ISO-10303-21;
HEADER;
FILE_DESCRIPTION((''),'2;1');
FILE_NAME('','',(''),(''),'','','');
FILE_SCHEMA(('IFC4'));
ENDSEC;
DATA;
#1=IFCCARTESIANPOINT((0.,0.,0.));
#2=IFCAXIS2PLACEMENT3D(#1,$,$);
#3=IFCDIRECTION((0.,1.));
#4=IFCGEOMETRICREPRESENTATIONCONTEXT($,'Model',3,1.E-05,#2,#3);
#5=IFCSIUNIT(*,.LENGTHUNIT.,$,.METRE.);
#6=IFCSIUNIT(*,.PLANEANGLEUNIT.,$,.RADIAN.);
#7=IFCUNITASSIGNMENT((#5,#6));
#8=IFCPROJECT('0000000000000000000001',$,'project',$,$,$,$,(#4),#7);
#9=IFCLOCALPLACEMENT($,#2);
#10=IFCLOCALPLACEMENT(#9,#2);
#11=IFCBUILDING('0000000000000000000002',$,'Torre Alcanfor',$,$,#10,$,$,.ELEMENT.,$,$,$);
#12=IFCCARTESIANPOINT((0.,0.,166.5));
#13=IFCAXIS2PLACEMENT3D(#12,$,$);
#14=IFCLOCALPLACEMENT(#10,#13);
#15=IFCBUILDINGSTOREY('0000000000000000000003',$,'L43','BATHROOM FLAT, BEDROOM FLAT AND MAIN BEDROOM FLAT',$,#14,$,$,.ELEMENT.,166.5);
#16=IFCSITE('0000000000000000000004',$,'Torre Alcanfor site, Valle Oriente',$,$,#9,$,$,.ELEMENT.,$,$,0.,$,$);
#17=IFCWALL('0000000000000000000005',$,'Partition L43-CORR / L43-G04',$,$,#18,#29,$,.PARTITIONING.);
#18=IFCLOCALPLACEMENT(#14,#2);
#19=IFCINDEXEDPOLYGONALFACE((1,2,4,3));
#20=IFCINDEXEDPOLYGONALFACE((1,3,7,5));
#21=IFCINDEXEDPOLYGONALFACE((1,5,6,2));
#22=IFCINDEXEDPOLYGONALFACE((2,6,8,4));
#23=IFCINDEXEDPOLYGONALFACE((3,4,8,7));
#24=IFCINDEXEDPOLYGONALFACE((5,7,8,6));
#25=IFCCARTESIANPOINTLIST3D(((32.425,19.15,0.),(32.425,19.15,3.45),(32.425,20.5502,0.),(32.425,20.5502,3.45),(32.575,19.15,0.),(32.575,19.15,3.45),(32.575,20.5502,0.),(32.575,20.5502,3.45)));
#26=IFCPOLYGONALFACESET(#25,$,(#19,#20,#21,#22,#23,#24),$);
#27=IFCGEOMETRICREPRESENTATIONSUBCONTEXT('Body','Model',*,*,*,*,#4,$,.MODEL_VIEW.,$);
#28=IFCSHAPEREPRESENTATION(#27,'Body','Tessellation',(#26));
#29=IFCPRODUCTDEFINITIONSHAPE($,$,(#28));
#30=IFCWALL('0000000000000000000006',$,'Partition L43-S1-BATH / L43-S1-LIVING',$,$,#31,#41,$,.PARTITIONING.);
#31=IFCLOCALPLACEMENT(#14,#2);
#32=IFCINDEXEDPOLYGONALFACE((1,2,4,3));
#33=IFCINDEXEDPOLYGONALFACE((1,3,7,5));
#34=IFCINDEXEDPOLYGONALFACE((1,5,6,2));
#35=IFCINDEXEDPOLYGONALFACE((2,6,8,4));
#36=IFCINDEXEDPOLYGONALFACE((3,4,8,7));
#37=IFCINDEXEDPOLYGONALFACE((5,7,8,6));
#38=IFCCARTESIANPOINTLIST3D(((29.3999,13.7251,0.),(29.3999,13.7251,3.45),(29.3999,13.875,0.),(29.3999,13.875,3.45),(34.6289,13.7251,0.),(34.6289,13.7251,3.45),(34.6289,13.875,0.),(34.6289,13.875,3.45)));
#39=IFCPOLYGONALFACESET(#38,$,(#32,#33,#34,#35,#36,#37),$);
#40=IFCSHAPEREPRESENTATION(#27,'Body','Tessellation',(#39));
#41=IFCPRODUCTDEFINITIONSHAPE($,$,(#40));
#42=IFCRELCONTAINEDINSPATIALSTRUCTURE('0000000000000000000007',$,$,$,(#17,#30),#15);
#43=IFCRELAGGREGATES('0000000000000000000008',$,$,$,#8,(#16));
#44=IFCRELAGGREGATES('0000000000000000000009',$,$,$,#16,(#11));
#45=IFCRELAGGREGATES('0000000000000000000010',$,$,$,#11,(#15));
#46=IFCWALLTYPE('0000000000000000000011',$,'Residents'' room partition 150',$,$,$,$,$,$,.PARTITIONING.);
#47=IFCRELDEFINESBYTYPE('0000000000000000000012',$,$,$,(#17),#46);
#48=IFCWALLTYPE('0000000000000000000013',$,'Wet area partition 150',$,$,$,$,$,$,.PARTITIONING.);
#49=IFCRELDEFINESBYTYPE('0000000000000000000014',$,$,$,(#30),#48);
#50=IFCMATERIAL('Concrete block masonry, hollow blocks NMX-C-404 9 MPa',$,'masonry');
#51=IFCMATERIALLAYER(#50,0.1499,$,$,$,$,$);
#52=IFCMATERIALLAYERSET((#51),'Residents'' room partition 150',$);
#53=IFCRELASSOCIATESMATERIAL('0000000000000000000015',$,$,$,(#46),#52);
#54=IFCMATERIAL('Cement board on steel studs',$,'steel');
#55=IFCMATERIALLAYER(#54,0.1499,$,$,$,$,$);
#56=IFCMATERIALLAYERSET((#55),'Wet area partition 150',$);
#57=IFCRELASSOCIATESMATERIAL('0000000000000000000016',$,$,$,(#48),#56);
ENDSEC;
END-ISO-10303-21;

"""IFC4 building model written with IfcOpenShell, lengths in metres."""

from ifc_helpers import new_model, si_unit, direction, frame, frame_2d, origin, place, context, subcontext, project, spatial, rectangle, extrude, material, layer, layer_set, type_object, element, save


model = new_model("IFC4")

# Units and contexts
model_context = context("Model", 3, precision=1e-05, world=origin(), true_north=direction((0.0, 1.0)))
body_context = subcontext(model_context, "Body", "Model", "MODEL_VIEW")
ifc_project = project(units=[si_unit("LENGTHUNIT", "METRE"), si_unit("PLANEANGLEUNIT", "RADIAN")], contexts=[model_context])

# Site, building, storey
site_placement = place(None, origin())
site = spatial("IfcSite", under=ifc_project, at=site_placement, Name="Torre Alcanfor site, Valle Oriente", CompositionType="ELEMENT", RefElevation=0.0)
building_placement = place(site_placement, origin())
building = spatial("IfcBuilding", under=site, at=building_placement, Name="Torre Alcanfor", CompositionType="ELEMENT")
storey_placement = place(building_placement, frame((0.0, 0.0, 166.5)))
storey = spatial("IfcBuildingStorey", under=building, at=storey_placement, Name="L43", Description="BATHROOM FLAT, BEDROOM FLAT AND MAIN BEDROOM FLAT", CompositionType="ELEMENT", Elevation=166.5)

# Walls
ifc_material_1 = material(Name="Concrete block masonry, hollow blocks NMX-C-404 9 MPa", Category="masonry")
ifc_layer_1 = layer(ifc_material_1, 0.1499)
ifc_layer_set_1 = layer_set([ifc_layer_1], Name="Residents' room partition 150")
wall_type_1 = type_object("IfcWallType", Name="Residents' room partition 150", PredefinedType="PARTITIONING", material=ifc_layer_set_1)
wall_1_placement = place(storey_placement, frame((32.5, 19.1499, 0.0), z_axis=(0.0, 0.0, 1.0), x_axis=(0.0, 1.0, 0.0)))
element("IfcWall", 1, at=wall_1_placement, inside=storey, type_object=wall_type_1, Name="Partition L43-CORR / L43-G04", PredefinedType="PARTITIONING", context=body_context, shape_type="SweptSolid", body=[
    extrude(rectangle(XDim=1.4001, YDim=0.1499, at=frame_2d((0.7002, 0.0))), origin(), (0.0, 0.0, 1.0), 3.45),
])
ifc_material_2 = material(Name="Cement board on steel studs", Category="steel")
ifc_layer_2 = layer(ifc_material_2, 0.1499)
ifc_layer_set_2 = layer_set([ifc_layer_2], Name="Wet area partition 150")
wall_type_2 = type_object("IfcWallType", Name="Wet area partition 150", PredefinedType="PARTITIONING", material=ifc_layer_set_2)
wall_2_placement = place(storey_placement, frame((34.6289, 13.8, 0.0), z_axis=(0.0, 0.0, 1.0), x_axis=(-1.0, 0.0, 0.0)))
element("IfcWall", 2, at=wall_2_placement, inside=storey, type_object=wall_type_2, Name="Partition L43-S1-BATH / L43-S1-LIVING", PredefinedType="PARTITIONING", context=body_context, shape_type="SweptSolid", body=[
    extrude(rectangle(XDim=5.229, YDim=0.1499, at=frame_2d((2.6145, 0.0))), origin(), (0.0, 0.0, 1.0), 3.45),
])

save(model, "model.ifc")
